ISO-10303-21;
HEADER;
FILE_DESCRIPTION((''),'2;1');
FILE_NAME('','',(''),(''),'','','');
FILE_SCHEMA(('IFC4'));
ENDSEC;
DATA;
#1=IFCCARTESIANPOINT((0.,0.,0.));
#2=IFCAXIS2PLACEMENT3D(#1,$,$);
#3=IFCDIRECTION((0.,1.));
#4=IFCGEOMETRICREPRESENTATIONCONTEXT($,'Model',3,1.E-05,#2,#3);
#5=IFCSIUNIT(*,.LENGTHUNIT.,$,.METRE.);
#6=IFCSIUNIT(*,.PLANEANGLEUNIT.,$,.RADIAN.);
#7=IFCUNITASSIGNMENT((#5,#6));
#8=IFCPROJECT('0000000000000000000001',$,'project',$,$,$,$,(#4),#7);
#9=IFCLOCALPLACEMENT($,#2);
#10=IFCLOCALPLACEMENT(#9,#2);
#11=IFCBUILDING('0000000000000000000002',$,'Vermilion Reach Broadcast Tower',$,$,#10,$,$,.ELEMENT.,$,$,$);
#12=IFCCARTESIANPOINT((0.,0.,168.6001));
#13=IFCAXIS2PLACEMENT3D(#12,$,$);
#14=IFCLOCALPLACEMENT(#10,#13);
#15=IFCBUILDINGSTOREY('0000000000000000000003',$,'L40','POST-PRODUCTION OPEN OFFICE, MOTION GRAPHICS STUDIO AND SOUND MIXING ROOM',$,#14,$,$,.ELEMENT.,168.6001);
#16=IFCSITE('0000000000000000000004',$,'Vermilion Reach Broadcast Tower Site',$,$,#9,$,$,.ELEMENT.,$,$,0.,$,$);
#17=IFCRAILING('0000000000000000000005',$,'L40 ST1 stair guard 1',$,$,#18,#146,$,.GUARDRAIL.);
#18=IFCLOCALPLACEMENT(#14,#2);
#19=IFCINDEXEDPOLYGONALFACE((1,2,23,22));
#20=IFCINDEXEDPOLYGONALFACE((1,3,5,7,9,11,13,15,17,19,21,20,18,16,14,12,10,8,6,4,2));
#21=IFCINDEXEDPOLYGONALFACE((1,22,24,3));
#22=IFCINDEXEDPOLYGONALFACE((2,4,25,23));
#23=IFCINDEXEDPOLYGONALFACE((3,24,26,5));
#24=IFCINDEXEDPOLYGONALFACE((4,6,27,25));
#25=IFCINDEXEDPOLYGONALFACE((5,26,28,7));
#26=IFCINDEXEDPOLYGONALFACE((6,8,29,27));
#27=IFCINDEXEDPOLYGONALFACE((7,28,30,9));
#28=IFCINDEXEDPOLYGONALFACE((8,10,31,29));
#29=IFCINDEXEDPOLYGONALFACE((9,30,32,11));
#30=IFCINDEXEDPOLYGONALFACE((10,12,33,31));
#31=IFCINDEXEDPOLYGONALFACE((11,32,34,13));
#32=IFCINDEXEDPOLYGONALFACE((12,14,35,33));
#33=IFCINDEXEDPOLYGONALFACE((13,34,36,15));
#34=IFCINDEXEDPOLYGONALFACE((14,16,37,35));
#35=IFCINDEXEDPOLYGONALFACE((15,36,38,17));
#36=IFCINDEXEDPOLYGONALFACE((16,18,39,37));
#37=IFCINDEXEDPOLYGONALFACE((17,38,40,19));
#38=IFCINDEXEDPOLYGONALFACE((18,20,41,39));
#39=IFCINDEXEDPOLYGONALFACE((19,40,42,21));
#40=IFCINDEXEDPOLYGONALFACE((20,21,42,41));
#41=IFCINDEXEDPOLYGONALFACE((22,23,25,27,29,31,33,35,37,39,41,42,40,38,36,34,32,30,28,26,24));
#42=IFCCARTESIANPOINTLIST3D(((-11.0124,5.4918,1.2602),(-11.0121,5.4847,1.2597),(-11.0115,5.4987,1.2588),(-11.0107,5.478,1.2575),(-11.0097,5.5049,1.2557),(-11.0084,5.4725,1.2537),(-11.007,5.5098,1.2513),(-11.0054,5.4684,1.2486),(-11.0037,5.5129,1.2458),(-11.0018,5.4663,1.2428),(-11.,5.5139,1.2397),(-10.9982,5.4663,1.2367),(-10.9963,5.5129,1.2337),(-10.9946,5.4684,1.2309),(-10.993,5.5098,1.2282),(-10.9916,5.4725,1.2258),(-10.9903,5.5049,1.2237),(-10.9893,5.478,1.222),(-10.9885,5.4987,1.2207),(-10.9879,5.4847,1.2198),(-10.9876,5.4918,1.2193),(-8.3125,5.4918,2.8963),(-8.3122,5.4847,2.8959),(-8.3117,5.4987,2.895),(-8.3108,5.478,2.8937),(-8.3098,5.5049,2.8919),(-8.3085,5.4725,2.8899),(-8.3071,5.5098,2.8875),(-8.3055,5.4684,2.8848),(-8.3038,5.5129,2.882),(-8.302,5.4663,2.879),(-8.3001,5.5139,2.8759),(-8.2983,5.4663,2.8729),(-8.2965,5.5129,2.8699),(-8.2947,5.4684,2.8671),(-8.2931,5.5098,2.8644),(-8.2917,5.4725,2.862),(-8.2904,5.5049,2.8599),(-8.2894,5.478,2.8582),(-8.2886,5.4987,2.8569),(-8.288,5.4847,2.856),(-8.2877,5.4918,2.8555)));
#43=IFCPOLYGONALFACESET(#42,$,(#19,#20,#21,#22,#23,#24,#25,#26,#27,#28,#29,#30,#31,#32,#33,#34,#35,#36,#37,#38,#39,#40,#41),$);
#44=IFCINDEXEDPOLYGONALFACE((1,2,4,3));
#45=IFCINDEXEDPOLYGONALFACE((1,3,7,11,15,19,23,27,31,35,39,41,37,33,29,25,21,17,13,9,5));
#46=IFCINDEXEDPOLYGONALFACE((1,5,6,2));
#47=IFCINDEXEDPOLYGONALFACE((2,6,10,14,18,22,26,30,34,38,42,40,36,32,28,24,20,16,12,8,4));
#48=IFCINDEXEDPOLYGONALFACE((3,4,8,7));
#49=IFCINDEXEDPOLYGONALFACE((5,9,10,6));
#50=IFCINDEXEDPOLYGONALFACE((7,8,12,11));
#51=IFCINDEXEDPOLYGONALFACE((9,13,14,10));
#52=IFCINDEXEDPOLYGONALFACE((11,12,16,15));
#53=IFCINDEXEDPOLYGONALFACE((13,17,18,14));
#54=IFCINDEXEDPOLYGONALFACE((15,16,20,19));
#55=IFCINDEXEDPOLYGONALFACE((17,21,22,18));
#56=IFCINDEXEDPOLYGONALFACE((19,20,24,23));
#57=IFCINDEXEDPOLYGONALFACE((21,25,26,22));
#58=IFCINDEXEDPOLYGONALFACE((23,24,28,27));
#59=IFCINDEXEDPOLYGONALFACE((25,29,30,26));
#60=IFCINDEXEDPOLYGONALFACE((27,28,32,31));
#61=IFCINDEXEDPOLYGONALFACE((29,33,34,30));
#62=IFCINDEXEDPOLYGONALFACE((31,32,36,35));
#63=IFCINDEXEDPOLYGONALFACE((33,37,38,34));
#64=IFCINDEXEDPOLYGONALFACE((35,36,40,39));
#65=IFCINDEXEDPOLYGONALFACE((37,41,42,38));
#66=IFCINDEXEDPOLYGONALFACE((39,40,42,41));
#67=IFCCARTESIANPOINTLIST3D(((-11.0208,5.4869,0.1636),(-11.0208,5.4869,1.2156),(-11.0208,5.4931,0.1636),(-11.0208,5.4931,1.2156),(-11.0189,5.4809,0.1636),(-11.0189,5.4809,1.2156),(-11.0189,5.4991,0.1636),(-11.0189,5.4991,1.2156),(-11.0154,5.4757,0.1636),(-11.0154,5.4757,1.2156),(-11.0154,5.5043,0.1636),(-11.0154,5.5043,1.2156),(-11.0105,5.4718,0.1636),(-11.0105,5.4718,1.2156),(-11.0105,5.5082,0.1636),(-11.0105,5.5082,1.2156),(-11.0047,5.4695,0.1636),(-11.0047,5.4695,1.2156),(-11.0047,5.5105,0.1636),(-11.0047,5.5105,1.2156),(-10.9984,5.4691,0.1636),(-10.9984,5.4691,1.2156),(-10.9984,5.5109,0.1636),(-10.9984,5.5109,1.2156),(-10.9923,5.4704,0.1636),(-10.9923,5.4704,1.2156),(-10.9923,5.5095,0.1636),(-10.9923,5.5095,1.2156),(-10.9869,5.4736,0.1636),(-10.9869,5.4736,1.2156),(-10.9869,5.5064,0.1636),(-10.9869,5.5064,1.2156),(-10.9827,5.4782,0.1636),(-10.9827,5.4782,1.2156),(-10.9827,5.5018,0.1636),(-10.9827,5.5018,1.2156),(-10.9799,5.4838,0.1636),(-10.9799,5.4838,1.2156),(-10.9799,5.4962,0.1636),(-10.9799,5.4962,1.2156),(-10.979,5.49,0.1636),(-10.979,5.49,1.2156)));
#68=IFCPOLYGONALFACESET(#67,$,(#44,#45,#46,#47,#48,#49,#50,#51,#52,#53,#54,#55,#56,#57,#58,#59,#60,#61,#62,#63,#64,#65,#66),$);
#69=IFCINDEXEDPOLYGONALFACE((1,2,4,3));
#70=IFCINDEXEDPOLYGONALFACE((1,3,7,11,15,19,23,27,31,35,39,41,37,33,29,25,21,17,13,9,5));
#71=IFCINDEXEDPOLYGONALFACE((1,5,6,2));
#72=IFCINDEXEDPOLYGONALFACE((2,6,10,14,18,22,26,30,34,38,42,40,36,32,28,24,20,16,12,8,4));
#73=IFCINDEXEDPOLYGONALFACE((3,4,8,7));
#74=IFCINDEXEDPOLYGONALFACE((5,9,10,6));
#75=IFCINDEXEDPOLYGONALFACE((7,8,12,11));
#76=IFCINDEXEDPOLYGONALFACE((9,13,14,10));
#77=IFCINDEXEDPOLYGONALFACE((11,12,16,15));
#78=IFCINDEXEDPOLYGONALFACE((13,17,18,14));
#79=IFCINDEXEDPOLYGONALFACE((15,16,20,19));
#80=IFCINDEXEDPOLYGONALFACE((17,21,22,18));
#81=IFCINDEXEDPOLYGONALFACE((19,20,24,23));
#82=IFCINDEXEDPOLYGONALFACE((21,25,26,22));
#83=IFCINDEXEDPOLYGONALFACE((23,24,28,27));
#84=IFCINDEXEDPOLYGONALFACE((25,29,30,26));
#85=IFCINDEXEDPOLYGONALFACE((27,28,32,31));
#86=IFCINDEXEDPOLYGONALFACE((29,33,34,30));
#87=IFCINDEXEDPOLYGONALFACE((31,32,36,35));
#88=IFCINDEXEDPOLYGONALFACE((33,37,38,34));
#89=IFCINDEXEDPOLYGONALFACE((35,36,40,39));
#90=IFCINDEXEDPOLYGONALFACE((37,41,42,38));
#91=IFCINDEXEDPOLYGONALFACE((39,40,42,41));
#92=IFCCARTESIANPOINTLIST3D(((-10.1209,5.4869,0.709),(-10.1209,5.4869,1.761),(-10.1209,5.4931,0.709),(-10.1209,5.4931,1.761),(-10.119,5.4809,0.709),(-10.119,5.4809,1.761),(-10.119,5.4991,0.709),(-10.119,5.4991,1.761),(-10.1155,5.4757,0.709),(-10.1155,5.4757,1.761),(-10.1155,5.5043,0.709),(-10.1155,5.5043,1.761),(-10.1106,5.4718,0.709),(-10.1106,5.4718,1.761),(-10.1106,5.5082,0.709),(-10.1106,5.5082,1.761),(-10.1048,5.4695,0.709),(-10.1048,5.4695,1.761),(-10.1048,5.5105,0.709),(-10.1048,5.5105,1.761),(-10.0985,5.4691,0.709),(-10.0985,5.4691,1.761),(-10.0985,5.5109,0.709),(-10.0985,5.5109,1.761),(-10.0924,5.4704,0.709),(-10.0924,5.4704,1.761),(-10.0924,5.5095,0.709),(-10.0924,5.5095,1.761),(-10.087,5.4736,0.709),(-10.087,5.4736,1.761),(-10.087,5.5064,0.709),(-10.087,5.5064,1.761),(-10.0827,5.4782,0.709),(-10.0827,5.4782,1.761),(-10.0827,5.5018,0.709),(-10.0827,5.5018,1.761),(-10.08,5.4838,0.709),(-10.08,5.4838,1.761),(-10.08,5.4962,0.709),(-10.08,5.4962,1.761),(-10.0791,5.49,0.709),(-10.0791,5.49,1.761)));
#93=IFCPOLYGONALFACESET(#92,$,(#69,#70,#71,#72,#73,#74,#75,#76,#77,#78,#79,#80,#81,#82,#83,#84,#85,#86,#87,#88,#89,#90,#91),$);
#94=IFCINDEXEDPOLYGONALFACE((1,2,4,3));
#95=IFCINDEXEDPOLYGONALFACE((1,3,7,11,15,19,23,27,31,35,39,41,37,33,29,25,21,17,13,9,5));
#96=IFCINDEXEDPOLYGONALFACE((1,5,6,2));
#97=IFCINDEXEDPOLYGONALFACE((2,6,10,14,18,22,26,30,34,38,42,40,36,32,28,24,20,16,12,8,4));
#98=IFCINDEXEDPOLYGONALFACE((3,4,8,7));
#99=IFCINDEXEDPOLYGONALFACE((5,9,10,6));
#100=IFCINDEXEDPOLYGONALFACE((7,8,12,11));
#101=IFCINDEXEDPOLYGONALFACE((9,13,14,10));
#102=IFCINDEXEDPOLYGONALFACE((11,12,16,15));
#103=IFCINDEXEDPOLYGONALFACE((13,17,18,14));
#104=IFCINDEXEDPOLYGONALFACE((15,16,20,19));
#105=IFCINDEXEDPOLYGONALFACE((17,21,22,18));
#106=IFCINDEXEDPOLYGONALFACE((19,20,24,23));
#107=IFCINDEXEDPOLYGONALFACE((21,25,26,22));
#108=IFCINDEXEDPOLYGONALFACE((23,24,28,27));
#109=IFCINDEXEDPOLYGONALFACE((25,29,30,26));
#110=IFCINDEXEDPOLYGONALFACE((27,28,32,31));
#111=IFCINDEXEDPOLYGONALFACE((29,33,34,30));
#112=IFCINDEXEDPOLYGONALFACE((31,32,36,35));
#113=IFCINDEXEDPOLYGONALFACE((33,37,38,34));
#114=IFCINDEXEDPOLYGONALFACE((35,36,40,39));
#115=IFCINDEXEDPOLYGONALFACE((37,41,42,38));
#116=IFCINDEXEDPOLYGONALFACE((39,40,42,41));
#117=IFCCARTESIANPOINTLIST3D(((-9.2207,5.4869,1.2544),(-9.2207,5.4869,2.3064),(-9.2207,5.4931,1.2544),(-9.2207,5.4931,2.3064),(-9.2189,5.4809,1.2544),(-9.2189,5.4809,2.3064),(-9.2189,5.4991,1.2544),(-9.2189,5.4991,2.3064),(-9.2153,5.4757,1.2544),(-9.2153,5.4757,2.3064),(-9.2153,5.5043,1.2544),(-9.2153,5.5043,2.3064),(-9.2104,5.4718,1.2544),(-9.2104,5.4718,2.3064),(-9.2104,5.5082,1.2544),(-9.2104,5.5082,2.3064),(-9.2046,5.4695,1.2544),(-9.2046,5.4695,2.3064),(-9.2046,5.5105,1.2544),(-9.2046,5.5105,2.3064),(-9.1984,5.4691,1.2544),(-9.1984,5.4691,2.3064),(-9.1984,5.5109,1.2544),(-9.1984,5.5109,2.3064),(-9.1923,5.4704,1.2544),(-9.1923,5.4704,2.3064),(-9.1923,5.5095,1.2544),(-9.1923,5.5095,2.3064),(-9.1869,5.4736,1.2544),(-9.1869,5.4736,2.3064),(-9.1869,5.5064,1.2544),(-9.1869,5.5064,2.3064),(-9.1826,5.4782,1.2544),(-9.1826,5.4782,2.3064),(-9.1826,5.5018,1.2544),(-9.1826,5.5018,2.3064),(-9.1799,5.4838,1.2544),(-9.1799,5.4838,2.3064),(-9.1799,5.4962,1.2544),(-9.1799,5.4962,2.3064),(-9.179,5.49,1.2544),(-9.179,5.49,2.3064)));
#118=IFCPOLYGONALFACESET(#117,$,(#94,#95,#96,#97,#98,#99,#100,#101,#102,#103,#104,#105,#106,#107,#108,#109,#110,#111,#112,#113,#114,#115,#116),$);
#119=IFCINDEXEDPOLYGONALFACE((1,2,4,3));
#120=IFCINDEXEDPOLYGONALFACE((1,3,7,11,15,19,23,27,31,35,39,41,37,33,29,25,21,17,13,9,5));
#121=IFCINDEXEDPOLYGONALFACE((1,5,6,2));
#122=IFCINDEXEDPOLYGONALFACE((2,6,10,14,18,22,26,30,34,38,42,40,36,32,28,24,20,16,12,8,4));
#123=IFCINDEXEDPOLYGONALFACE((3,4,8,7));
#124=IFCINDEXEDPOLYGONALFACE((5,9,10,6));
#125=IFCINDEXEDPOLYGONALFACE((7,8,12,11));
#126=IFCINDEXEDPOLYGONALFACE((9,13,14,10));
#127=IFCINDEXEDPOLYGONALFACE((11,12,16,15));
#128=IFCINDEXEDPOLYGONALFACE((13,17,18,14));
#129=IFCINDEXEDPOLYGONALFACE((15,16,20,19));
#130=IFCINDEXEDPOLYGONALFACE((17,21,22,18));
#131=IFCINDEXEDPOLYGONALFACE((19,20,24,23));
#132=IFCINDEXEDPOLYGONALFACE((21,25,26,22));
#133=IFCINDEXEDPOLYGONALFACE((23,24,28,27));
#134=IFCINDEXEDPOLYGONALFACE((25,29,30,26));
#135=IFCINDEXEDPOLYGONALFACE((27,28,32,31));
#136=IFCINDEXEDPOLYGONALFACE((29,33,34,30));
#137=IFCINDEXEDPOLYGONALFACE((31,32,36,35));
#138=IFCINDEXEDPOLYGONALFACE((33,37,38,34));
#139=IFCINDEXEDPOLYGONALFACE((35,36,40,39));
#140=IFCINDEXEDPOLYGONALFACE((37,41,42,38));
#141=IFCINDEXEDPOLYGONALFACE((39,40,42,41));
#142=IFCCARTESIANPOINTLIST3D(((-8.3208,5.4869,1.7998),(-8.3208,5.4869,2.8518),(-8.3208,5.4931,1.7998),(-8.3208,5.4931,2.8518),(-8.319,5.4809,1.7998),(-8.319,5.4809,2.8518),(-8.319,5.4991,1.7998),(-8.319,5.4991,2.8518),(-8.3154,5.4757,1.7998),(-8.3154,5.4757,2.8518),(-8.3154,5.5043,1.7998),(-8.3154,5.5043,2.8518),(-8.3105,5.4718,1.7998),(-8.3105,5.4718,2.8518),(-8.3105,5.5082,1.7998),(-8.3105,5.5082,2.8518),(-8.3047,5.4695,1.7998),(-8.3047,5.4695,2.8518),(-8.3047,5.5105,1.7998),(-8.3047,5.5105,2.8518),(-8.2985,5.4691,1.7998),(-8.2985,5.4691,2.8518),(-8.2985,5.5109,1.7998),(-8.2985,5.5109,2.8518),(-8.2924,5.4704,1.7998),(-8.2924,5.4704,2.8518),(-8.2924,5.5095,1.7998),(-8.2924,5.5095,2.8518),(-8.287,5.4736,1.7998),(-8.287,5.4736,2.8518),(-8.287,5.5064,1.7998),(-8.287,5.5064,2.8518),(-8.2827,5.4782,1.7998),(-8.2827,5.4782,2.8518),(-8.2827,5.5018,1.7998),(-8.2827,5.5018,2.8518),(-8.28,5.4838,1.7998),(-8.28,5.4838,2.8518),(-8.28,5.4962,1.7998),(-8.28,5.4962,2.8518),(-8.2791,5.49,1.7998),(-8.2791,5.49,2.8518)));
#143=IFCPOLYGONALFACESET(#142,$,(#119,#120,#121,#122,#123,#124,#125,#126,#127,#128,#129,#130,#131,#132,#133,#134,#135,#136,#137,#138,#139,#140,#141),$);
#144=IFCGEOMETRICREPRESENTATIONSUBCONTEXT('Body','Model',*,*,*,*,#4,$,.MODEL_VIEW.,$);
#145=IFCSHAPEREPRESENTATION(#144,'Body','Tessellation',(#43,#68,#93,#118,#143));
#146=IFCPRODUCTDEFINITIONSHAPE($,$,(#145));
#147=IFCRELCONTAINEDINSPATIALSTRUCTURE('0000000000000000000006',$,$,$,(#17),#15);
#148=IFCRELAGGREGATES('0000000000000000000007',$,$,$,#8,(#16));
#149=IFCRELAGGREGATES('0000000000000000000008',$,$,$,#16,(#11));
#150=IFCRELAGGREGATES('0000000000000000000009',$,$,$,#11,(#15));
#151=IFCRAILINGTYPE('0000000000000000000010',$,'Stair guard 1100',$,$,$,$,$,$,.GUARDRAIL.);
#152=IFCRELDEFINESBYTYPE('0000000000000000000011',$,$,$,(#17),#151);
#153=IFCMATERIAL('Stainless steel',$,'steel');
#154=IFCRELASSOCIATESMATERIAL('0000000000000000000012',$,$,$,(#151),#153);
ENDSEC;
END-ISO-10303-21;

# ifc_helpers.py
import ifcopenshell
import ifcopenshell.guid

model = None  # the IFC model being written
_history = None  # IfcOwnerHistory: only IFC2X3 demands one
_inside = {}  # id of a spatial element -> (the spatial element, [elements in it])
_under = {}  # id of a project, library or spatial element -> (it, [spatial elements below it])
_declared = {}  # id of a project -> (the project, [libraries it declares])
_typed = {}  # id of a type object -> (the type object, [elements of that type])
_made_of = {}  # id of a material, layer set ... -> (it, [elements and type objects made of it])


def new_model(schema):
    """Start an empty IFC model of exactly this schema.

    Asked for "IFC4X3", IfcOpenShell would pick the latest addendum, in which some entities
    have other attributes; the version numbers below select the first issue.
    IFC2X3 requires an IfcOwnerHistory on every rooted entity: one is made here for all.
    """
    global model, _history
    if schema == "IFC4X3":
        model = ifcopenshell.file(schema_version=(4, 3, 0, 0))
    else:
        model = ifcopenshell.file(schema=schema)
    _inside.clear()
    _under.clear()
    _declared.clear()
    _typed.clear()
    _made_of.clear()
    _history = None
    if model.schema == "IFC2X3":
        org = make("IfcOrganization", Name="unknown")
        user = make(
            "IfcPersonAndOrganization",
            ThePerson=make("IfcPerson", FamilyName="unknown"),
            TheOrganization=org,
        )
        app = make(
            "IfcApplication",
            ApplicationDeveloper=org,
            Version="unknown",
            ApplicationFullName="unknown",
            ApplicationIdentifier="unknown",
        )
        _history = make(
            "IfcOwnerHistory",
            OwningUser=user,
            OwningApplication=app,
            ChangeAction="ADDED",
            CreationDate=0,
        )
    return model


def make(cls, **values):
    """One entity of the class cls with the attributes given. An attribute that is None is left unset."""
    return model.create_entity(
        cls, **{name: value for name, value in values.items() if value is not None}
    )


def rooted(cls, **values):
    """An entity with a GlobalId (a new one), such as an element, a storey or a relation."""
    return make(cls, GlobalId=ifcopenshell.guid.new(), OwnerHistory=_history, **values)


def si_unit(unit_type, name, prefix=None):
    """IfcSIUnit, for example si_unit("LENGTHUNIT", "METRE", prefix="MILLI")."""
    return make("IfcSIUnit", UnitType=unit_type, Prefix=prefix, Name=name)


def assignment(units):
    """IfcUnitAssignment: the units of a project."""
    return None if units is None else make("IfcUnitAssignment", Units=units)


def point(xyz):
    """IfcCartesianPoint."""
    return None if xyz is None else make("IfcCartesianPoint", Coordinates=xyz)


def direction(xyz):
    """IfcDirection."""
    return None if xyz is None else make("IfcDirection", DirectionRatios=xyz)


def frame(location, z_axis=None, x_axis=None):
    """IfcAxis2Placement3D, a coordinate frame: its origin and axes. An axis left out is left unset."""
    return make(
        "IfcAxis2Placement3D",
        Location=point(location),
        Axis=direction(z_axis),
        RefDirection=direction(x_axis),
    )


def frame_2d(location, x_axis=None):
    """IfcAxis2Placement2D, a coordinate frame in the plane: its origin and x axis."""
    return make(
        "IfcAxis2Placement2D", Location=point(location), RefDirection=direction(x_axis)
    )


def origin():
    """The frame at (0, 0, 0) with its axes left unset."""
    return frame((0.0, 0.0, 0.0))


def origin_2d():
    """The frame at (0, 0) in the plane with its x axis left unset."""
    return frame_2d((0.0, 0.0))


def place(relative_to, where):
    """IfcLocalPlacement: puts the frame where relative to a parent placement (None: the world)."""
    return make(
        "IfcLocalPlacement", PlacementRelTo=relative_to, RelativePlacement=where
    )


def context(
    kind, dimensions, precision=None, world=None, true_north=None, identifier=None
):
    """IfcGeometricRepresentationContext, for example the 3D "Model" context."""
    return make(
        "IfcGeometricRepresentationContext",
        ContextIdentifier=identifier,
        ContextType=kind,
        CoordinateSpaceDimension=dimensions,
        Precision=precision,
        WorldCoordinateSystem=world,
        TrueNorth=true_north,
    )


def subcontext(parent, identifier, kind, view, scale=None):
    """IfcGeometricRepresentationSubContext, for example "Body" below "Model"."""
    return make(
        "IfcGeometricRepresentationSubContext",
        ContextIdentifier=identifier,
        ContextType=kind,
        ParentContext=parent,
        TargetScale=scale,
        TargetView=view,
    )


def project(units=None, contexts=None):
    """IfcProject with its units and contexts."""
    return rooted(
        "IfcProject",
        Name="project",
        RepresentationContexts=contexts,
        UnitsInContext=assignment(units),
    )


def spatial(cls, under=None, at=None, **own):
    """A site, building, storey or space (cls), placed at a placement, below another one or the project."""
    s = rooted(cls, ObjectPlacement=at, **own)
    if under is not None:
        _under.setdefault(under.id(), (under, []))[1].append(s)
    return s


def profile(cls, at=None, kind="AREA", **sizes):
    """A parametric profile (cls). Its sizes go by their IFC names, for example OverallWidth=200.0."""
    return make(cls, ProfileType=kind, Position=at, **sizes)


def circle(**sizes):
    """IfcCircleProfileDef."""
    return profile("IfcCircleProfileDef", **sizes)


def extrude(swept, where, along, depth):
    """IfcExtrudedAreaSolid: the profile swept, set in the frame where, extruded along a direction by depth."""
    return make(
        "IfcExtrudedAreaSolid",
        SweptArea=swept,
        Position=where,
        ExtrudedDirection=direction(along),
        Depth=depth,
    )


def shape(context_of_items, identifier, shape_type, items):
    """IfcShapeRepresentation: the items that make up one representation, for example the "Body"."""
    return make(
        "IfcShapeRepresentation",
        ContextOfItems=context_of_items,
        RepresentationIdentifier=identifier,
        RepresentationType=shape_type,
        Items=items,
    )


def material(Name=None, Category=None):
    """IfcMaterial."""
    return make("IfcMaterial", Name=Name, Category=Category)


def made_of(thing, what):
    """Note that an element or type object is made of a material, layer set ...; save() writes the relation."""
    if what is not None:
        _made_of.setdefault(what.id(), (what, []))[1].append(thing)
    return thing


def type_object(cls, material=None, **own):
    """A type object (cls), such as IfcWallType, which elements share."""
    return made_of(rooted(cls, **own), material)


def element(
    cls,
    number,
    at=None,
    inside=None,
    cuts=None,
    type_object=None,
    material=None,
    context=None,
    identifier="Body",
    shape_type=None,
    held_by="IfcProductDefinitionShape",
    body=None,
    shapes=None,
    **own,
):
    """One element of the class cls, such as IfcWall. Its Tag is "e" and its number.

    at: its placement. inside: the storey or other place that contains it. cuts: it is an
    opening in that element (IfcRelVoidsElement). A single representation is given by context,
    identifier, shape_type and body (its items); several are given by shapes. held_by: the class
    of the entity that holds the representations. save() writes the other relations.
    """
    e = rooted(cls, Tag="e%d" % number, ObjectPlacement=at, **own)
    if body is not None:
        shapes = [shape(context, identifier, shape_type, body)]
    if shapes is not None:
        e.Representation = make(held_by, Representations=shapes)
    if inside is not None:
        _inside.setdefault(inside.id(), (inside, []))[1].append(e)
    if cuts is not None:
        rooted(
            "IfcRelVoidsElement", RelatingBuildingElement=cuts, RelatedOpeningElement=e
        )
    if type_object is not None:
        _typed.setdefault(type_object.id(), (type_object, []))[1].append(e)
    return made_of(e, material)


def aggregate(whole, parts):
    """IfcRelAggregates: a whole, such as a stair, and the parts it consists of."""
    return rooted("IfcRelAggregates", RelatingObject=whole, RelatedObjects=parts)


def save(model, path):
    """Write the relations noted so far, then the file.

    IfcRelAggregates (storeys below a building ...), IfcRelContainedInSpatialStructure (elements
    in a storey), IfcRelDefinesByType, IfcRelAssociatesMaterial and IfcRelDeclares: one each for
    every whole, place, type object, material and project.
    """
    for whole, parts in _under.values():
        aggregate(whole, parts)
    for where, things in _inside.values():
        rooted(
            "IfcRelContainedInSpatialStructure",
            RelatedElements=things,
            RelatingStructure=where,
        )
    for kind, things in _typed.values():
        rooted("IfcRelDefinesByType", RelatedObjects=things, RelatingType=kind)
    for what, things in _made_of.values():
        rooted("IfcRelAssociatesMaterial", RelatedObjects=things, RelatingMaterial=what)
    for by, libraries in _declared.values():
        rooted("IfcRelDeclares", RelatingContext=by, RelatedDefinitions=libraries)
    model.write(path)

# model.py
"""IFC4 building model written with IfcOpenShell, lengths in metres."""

from ifc_helpers import new_model, si_unit, direction, frame, origin, origin_2d, place, context, subcontext, project, spatial, circle, extrude, material, type_object, element, save


model = new_model("IFC4")

# Units and contexts
model_context = context("Model", 3, precision=1e-05, world=origin(), true_north=direction((0.0, 1.0)))
body_context = subcontext(model_context, "Body", "Model", "MODEL_VIEW")
ifc_project = project(units=[si_unit("LENGTHUNIT", "METRE"), si_unit("PLANEANGLEUNIT", "RADIAN")], contexts=[model_context])

# Site, building, storey
site_placement = place(None, origin())
site = spatial("IfcSite", under=ifc_project, at=site_placement, Name="Vermilion Reach Broadcast Tower Site", CompositionType="ELEMENT", RefElevation=0.0)
building_placement = place(site_placement, origin())
building = spatial("IfcBuilding", under=site, at=building_placement, Name="Vermilion Reach Broadcast Tower", CompositionType="ELEMENT")
storey_placement = place(building_placement, frame((0.0, 0.0, 168.6001)))
storey = spatial("IfcBuildingStorey", under=building, at=storey_placement, Name="L40", Description="POST-PRODUCTION OPEN OFFICE, MOTION GRAPHICS STUDIO AND SOUND MIXING ROOM", CompositionType="ELEMENT", Elevation=168.6001)

# Railing
ifc_material_1 = material(Name="Stainless steel", Category="steel")
railing_type_1 = type_object("IfcRailingType", Name="Stair guard 1100", PredefinedType="GUARDRAIL", material=ifc_material_1)
railing_1_placement = place(storey_placement, frame((-11.0, 5.49, 0.1636)))
element("IfcRailing", 1, at=railing_1_placement, inside=storey, type_object=railing_type_1, Name="L40 ST1 stair guard 1", PredefinedType="GUARDRAIL", context=body_context, shape_type="SweptSolid", body=[
    extrude(circle(Radius=0.0239, at=origin_2d()), frame((0.0, 0.0, 1.0762), z_axis=(0.855212, 0.0, 0.518278), x_axis=(0.0, 1.0, 0.0)), (0.0, 0.0, 1.0), 3.157),
    extrude(circle(Radius=0.021, at=origin_2d()), origin(), (0.0, 0.0, 1.0), 1.052),
    extrude(circle(Radius=0.021, at=origin_2d()), frame((0.8999, 0.0, 0.5454)), (0.0, 0.0, 1.0), 1.052),
    extrude(circle(Radius=0.021, at=origin_2d()), frame((1.8, 0.0, 1.0908)), (0.0, 0.0, 1.0), 1.052),
    extrude(circle(Radius=0.021, at=origin_2d()), frame((2.7, 0.0, 1.6362)), (0.0, 0.0, 1.0), 1.052),
])

save(model, "model.ifc")
